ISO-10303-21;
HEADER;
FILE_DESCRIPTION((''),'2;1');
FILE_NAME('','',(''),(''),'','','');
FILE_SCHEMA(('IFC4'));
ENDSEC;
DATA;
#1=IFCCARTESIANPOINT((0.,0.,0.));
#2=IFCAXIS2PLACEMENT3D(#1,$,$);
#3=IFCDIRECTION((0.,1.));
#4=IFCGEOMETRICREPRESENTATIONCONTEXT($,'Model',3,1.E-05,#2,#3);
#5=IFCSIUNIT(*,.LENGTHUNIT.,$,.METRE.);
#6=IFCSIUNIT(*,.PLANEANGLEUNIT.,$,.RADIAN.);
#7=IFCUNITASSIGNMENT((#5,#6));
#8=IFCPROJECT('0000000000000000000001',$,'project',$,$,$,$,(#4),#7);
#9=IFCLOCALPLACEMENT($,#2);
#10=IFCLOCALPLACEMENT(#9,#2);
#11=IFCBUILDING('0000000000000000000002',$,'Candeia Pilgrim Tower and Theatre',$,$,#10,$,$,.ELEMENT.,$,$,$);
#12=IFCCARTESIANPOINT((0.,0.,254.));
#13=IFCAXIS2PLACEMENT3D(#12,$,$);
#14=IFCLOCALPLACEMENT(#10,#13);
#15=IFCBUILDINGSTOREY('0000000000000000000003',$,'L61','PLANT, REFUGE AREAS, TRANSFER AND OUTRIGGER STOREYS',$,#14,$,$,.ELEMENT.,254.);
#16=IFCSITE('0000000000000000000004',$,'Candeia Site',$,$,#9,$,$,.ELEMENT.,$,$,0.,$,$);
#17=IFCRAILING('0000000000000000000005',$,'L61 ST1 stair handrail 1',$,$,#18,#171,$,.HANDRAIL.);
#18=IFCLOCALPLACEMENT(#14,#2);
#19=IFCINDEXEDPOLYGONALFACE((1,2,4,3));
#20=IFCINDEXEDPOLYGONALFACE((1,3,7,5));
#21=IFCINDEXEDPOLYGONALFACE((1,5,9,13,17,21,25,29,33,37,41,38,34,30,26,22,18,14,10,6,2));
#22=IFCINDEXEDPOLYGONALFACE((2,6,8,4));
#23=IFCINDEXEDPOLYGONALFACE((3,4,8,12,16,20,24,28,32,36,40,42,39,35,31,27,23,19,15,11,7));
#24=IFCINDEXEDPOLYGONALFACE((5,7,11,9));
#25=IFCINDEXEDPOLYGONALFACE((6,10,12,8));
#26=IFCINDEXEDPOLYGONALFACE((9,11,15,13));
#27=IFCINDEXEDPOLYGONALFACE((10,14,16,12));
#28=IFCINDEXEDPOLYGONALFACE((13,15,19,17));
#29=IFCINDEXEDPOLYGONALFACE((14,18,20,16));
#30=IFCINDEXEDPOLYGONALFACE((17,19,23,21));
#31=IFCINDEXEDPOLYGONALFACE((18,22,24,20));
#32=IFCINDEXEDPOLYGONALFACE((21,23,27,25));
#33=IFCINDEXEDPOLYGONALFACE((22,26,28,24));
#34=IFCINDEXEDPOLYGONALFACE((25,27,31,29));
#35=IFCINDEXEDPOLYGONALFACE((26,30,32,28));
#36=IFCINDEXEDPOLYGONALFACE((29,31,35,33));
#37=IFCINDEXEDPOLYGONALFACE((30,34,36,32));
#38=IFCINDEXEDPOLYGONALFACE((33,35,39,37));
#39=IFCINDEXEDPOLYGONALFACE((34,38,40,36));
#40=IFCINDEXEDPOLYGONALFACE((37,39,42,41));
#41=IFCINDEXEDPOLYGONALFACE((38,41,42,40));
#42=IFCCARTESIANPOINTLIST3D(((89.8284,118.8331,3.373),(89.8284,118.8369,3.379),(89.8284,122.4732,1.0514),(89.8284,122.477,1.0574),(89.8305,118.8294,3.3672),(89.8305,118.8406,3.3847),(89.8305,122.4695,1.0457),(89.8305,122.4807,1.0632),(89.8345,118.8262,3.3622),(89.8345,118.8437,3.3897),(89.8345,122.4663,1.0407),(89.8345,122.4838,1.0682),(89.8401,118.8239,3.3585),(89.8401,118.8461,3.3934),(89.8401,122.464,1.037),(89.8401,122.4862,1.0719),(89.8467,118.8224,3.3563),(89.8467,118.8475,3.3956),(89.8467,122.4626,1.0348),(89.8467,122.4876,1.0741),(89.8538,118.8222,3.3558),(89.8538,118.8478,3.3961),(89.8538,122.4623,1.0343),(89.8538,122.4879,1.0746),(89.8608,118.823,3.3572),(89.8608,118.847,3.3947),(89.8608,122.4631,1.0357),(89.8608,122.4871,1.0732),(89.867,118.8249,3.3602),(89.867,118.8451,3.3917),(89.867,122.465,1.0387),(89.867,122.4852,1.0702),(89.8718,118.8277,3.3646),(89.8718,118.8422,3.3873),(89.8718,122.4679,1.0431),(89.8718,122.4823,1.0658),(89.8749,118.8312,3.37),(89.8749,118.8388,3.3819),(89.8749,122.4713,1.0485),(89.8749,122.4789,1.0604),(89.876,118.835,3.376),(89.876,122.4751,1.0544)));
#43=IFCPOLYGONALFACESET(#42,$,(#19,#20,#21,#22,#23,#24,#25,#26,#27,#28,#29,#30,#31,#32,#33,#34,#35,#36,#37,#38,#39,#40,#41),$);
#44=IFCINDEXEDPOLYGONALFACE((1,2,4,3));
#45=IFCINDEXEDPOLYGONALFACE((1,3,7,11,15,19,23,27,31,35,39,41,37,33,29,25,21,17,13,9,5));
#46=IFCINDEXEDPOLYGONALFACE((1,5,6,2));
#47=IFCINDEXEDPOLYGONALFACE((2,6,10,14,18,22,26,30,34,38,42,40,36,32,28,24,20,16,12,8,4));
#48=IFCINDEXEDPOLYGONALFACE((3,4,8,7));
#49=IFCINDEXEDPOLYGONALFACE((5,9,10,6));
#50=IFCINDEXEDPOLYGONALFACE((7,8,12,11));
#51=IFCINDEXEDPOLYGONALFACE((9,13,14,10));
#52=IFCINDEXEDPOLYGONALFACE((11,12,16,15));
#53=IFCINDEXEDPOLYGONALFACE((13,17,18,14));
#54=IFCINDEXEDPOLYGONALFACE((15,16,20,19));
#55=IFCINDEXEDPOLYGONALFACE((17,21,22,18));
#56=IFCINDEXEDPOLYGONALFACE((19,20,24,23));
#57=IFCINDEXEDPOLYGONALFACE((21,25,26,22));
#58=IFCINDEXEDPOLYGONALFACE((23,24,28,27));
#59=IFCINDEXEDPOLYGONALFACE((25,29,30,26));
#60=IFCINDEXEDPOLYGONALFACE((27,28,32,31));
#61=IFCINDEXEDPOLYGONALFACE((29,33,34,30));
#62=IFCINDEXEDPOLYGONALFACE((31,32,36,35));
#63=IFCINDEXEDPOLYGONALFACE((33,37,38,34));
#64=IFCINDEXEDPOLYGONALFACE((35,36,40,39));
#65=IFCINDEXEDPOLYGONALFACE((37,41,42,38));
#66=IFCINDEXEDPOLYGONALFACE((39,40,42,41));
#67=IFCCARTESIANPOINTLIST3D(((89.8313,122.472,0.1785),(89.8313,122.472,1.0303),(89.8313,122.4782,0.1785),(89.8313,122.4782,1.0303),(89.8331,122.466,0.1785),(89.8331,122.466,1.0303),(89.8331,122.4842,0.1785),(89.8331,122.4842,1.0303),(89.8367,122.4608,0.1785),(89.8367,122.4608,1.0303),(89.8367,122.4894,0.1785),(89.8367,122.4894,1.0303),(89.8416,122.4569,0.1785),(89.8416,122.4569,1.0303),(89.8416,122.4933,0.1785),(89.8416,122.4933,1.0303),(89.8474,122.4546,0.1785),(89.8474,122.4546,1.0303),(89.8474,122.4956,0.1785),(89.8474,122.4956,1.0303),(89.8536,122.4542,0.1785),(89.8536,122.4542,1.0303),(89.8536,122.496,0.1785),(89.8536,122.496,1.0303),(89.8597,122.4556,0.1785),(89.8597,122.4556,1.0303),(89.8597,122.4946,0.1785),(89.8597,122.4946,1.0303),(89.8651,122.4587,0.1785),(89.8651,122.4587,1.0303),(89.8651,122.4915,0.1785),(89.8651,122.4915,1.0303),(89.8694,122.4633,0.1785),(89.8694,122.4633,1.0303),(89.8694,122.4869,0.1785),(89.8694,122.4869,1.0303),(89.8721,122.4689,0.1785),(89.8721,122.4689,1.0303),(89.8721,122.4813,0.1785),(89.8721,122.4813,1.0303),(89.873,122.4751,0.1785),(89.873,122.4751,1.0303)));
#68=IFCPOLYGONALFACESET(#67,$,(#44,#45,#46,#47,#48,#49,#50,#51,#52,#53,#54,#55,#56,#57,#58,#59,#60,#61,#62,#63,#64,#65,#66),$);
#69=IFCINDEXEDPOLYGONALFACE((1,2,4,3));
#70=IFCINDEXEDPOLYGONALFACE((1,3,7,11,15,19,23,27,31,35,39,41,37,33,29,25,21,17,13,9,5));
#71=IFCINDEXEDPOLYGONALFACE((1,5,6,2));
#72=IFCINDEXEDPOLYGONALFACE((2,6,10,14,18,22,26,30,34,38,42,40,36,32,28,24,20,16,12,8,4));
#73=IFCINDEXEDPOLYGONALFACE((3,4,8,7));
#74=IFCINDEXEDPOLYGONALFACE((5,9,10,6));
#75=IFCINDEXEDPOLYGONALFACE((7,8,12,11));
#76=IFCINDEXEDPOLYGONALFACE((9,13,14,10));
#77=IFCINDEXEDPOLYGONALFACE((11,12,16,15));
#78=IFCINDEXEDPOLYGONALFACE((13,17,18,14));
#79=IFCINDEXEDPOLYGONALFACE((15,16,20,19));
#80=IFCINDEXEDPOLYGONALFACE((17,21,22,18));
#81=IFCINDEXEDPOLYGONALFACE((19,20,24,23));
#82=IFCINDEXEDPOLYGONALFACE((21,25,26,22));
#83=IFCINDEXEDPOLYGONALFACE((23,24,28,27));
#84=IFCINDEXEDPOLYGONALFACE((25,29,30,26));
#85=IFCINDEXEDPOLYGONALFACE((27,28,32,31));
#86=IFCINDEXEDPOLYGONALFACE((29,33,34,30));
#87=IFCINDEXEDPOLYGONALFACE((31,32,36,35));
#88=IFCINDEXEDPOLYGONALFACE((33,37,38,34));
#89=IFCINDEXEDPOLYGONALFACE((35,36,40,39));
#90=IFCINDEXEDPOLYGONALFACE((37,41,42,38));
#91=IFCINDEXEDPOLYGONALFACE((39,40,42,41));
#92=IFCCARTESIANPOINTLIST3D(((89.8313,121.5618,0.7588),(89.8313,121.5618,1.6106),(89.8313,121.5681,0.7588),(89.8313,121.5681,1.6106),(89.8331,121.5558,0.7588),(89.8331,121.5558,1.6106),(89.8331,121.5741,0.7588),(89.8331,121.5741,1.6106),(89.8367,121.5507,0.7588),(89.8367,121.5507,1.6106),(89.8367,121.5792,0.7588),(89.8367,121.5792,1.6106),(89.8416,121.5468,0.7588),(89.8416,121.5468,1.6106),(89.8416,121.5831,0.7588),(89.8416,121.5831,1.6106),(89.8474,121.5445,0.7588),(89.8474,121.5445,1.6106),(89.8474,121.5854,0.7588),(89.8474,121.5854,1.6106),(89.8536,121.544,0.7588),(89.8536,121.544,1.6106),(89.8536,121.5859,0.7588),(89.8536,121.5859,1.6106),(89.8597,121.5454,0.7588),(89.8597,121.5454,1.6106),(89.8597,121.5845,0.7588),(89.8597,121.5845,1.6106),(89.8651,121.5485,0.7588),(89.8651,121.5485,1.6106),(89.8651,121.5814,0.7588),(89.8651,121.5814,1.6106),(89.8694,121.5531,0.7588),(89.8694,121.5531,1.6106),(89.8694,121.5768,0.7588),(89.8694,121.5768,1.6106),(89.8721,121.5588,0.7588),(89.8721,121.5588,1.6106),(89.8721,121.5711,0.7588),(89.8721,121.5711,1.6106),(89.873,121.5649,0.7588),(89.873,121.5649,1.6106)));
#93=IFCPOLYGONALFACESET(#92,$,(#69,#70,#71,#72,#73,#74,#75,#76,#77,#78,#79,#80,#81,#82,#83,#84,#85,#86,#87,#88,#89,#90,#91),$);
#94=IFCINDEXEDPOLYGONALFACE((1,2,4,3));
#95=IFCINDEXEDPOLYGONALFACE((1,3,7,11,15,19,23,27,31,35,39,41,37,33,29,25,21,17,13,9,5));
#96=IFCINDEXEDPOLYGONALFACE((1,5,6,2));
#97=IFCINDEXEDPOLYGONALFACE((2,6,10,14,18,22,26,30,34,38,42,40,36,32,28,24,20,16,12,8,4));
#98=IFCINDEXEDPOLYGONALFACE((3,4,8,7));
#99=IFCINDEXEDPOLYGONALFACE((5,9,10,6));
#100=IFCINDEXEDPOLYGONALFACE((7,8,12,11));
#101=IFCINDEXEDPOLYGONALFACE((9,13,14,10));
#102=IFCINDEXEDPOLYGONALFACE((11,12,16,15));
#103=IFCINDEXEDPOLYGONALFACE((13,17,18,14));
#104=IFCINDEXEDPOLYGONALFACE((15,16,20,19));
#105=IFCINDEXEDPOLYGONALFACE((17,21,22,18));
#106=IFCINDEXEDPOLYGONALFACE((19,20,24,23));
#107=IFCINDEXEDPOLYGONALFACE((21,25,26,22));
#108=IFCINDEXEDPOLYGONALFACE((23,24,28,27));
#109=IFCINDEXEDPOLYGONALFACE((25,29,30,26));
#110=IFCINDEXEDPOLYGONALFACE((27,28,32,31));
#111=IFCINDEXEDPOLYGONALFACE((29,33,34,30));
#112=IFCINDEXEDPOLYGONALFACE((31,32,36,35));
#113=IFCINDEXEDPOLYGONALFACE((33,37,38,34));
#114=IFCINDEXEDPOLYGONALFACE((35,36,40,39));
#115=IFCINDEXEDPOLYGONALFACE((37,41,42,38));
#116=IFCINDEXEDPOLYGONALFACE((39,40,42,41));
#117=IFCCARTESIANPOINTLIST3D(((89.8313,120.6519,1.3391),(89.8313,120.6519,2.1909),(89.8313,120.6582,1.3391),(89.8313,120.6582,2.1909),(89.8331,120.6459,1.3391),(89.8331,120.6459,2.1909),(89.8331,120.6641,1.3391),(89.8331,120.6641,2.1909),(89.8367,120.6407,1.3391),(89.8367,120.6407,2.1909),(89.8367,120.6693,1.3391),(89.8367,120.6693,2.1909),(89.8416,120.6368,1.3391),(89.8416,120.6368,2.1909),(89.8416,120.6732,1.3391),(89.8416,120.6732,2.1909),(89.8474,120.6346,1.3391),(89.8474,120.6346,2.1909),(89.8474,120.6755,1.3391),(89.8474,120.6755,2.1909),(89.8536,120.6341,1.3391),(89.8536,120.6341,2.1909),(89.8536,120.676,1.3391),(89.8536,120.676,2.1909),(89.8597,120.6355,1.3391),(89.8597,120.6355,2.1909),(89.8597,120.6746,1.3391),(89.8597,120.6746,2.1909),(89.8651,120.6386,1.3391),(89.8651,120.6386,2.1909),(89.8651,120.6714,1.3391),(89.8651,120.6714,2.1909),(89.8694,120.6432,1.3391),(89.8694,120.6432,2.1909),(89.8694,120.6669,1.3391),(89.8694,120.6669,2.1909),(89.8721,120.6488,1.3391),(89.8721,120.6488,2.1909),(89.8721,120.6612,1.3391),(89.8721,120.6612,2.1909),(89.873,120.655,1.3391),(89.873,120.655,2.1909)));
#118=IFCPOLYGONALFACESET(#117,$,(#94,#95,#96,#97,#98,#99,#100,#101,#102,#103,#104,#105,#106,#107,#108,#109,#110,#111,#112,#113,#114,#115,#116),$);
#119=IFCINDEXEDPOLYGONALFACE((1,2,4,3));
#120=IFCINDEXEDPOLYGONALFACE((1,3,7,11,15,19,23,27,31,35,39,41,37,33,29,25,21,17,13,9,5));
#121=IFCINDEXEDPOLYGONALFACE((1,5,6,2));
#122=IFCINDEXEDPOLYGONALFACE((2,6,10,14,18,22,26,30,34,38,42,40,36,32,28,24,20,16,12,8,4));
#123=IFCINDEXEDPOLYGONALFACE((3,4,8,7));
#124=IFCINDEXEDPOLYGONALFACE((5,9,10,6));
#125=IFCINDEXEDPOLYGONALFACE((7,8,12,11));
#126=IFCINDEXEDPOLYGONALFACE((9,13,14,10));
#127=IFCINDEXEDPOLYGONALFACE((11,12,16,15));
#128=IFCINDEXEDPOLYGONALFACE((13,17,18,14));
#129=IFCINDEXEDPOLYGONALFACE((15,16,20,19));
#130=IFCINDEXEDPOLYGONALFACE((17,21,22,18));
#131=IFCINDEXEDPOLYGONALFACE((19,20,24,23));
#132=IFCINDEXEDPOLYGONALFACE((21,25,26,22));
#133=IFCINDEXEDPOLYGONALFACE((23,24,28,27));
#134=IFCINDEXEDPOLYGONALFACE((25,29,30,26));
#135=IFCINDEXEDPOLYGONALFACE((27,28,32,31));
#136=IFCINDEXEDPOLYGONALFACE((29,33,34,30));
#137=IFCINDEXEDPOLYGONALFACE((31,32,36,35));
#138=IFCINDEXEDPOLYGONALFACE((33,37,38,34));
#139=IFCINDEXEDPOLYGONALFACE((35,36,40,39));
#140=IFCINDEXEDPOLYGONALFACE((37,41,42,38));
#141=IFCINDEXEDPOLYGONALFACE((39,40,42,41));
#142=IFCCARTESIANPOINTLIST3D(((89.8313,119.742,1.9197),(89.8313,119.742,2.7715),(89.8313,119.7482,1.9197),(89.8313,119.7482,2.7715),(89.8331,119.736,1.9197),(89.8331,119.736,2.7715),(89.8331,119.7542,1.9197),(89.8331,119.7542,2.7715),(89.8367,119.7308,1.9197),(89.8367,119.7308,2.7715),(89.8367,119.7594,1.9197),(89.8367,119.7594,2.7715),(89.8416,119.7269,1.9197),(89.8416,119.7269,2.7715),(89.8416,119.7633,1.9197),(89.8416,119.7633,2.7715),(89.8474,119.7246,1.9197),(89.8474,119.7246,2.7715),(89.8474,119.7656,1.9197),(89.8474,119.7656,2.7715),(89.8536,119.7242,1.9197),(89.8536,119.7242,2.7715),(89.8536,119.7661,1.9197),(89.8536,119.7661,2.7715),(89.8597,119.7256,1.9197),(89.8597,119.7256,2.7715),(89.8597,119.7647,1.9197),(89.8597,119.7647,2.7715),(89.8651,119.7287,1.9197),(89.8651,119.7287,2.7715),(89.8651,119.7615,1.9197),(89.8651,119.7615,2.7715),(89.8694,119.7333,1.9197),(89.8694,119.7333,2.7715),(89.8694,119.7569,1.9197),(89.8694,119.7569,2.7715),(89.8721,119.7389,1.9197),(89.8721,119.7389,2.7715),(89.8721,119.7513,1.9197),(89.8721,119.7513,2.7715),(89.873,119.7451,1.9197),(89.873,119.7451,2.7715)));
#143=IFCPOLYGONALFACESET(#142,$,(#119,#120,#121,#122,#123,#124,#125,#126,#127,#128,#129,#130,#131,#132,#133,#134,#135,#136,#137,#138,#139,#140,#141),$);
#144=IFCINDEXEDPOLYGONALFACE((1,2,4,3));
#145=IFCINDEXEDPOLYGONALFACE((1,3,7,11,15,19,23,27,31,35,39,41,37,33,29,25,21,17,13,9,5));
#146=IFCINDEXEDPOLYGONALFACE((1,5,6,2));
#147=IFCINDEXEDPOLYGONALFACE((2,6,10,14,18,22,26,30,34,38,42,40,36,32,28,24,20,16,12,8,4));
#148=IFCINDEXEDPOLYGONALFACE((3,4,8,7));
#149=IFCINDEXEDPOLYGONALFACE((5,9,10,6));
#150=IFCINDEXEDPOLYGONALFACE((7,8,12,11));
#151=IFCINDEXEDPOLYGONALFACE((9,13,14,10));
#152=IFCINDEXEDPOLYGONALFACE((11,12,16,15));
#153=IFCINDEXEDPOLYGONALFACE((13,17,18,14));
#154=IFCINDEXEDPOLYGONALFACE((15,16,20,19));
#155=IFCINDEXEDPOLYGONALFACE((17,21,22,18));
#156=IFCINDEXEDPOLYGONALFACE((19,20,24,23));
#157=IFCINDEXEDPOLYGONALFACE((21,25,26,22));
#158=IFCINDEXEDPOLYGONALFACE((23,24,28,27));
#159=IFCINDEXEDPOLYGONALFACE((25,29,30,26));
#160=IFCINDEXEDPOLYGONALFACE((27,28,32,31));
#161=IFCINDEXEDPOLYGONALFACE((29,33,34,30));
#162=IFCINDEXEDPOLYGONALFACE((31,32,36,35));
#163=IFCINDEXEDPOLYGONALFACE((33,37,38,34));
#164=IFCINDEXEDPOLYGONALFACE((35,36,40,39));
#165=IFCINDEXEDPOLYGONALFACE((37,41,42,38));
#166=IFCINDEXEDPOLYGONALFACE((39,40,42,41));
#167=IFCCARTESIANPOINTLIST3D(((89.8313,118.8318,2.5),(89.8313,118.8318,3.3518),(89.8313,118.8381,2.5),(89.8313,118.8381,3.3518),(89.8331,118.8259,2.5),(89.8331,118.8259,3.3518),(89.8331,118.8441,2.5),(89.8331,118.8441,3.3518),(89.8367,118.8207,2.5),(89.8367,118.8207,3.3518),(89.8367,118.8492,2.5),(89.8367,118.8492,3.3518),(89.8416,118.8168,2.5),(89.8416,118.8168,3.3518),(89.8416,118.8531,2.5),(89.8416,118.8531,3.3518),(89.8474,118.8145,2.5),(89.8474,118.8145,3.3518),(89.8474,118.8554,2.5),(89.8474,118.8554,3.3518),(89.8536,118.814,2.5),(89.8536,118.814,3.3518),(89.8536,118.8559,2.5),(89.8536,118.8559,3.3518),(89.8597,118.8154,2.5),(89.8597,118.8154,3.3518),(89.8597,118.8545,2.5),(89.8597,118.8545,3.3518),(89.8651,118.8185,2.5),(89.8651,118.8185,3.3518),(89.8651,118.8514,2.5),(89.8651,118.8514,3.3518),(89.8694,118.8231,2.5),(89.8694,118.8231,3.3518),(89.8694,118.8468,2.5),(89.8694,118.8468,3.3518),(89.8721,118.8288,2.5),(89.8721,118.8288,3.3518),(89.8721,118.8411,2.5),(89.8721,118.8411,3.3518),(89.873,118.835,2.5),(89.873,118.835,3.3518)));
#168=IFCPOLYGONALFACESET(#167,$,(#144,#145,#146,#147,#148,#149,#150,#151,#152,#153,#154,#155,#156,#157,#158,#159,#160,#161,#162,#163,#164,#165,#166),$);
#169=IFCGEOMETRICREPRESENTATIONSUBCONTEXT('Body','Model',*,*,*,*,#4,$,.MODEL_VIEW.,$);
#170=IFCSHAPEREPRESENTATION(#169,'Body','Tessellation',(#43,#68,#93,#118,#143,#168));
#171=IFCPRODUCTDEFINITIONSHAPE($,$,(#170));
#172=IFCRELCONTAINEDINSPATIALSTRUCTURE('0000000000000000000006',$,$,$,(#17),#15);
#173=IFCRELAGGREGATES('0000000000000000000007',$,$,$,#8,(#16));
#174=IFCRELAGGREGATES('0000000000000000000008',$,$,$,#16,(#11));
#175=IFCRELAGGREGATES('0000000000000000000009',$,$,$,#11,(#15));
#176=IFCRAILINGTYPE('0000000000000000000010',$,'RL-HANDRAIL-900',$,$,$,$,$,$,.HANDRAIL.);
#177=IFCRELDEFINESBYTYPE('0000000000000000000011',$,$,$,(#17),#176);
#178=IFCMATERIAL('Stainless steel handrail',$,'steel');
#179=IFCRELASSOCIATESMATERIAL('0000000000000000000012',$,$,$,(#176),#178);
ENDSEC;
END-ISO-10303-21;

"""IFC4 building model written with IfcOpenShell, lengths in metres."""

from ifc_helpers import new_model, si_unit, direction, frame, origin, origin_2d, place, context, subcontext, project, spatial, circle, extrude, material, type_object, element, save


model = new_model("IFC4")

# Units and contexts
model_context = context("Model", 3, precision=1e-05, world=origin(), true_north=direction((0.0, 1.0)))
body_context = subcontext(model_context, "Body", "Model", "MODEL_VIEW")
ifc_project = project(units=[si_unit("LENGTHUNIT", "METRE"), si_unit("PLANEANGLEUNIT", "RADIAN")], contexts=[model_context])

# Site, building, storey
site_placement = place(None, origin())
site = spatial("IfcSite", under=ifc_project, at=site_placement, Name="Candeia Site", CompositionType="ELEMENT", RefElevation=0.0)
building_placement = place(site_placement, origin())
building = spatial("IfcBuilding", under=site, at=building_placement, Name="Candeia Pilgrim Tower and Theatre", CompositionType="ELEMENT")
storey_placement = place(building_placement, frame((0.0, 0.0, 254.0)))
storey = spatial("IfcBuildingStorey", under=building, at=storey_placement, Name="L61", Description="PLANT, REFUGE AREAS, TRANSFER AND OUTRIGGER STOREYS", CompositionType="ELEMENT", Elevation=254.0)

# Railing
ifc_material_1 = material(Name="Stainless steel handrail", Category="steel")
railing_type_1 = type_object("IfcRailingType", Name="RL-HANDRAIL-900", PredefinedType="HANDRAIL", material=ifc_material_1)
railing_1_placement = place(storey_placement, frame((89.8521, 122.4751, 0.1785)))
element("IfcRailing", 1, at=railing_1_placement, inside=storey, type_object=railing_type_1, Name="L61 ST1 stair handrail 1", PredefinedType="HANDRAIL", context=body_context, shape_type="SweptSolid", body=[
    extrude(circle(Radius=0.0239, at=origin_2d()), frame((0.0, 0.0, 0.876), z_axis=(0.0, -0.843128, 0.537713), x_axis=(1.0, 0.0, 0.0)), (0.0, 0.0, 1.0), 4.3174),
    extrude(circle(Radius=0.021, at=origin_2d()), origin(), (0.0, 0.0, 1.0), 0.8518),
    extrude(circle(Radius=0.021, at=origin_2d()), frame((0.0, -0.9102, 0.5803)), (0.0, 0.0, 1.0), 0.8518),
    extrude(circle(Radius=0.021, at=origin_2d()), frame((0.0, -1.8201, 1.1606)), (0.0, 0.0, 1.0), 0.8518),
    extrude(circle(Radius=0.021, at=origin_2d()), frame((0.0, -2.73, 1.7412)), (0.0, 0.0, 1.0), 0.8518),
    extrude(circle(Radius=0.021, at=origin_2d()), frame((0.0, -3.6401, 2.3215)), (0.0, 0.0, 1.0), 0.8518),
])

save(model, "model.ifc")
